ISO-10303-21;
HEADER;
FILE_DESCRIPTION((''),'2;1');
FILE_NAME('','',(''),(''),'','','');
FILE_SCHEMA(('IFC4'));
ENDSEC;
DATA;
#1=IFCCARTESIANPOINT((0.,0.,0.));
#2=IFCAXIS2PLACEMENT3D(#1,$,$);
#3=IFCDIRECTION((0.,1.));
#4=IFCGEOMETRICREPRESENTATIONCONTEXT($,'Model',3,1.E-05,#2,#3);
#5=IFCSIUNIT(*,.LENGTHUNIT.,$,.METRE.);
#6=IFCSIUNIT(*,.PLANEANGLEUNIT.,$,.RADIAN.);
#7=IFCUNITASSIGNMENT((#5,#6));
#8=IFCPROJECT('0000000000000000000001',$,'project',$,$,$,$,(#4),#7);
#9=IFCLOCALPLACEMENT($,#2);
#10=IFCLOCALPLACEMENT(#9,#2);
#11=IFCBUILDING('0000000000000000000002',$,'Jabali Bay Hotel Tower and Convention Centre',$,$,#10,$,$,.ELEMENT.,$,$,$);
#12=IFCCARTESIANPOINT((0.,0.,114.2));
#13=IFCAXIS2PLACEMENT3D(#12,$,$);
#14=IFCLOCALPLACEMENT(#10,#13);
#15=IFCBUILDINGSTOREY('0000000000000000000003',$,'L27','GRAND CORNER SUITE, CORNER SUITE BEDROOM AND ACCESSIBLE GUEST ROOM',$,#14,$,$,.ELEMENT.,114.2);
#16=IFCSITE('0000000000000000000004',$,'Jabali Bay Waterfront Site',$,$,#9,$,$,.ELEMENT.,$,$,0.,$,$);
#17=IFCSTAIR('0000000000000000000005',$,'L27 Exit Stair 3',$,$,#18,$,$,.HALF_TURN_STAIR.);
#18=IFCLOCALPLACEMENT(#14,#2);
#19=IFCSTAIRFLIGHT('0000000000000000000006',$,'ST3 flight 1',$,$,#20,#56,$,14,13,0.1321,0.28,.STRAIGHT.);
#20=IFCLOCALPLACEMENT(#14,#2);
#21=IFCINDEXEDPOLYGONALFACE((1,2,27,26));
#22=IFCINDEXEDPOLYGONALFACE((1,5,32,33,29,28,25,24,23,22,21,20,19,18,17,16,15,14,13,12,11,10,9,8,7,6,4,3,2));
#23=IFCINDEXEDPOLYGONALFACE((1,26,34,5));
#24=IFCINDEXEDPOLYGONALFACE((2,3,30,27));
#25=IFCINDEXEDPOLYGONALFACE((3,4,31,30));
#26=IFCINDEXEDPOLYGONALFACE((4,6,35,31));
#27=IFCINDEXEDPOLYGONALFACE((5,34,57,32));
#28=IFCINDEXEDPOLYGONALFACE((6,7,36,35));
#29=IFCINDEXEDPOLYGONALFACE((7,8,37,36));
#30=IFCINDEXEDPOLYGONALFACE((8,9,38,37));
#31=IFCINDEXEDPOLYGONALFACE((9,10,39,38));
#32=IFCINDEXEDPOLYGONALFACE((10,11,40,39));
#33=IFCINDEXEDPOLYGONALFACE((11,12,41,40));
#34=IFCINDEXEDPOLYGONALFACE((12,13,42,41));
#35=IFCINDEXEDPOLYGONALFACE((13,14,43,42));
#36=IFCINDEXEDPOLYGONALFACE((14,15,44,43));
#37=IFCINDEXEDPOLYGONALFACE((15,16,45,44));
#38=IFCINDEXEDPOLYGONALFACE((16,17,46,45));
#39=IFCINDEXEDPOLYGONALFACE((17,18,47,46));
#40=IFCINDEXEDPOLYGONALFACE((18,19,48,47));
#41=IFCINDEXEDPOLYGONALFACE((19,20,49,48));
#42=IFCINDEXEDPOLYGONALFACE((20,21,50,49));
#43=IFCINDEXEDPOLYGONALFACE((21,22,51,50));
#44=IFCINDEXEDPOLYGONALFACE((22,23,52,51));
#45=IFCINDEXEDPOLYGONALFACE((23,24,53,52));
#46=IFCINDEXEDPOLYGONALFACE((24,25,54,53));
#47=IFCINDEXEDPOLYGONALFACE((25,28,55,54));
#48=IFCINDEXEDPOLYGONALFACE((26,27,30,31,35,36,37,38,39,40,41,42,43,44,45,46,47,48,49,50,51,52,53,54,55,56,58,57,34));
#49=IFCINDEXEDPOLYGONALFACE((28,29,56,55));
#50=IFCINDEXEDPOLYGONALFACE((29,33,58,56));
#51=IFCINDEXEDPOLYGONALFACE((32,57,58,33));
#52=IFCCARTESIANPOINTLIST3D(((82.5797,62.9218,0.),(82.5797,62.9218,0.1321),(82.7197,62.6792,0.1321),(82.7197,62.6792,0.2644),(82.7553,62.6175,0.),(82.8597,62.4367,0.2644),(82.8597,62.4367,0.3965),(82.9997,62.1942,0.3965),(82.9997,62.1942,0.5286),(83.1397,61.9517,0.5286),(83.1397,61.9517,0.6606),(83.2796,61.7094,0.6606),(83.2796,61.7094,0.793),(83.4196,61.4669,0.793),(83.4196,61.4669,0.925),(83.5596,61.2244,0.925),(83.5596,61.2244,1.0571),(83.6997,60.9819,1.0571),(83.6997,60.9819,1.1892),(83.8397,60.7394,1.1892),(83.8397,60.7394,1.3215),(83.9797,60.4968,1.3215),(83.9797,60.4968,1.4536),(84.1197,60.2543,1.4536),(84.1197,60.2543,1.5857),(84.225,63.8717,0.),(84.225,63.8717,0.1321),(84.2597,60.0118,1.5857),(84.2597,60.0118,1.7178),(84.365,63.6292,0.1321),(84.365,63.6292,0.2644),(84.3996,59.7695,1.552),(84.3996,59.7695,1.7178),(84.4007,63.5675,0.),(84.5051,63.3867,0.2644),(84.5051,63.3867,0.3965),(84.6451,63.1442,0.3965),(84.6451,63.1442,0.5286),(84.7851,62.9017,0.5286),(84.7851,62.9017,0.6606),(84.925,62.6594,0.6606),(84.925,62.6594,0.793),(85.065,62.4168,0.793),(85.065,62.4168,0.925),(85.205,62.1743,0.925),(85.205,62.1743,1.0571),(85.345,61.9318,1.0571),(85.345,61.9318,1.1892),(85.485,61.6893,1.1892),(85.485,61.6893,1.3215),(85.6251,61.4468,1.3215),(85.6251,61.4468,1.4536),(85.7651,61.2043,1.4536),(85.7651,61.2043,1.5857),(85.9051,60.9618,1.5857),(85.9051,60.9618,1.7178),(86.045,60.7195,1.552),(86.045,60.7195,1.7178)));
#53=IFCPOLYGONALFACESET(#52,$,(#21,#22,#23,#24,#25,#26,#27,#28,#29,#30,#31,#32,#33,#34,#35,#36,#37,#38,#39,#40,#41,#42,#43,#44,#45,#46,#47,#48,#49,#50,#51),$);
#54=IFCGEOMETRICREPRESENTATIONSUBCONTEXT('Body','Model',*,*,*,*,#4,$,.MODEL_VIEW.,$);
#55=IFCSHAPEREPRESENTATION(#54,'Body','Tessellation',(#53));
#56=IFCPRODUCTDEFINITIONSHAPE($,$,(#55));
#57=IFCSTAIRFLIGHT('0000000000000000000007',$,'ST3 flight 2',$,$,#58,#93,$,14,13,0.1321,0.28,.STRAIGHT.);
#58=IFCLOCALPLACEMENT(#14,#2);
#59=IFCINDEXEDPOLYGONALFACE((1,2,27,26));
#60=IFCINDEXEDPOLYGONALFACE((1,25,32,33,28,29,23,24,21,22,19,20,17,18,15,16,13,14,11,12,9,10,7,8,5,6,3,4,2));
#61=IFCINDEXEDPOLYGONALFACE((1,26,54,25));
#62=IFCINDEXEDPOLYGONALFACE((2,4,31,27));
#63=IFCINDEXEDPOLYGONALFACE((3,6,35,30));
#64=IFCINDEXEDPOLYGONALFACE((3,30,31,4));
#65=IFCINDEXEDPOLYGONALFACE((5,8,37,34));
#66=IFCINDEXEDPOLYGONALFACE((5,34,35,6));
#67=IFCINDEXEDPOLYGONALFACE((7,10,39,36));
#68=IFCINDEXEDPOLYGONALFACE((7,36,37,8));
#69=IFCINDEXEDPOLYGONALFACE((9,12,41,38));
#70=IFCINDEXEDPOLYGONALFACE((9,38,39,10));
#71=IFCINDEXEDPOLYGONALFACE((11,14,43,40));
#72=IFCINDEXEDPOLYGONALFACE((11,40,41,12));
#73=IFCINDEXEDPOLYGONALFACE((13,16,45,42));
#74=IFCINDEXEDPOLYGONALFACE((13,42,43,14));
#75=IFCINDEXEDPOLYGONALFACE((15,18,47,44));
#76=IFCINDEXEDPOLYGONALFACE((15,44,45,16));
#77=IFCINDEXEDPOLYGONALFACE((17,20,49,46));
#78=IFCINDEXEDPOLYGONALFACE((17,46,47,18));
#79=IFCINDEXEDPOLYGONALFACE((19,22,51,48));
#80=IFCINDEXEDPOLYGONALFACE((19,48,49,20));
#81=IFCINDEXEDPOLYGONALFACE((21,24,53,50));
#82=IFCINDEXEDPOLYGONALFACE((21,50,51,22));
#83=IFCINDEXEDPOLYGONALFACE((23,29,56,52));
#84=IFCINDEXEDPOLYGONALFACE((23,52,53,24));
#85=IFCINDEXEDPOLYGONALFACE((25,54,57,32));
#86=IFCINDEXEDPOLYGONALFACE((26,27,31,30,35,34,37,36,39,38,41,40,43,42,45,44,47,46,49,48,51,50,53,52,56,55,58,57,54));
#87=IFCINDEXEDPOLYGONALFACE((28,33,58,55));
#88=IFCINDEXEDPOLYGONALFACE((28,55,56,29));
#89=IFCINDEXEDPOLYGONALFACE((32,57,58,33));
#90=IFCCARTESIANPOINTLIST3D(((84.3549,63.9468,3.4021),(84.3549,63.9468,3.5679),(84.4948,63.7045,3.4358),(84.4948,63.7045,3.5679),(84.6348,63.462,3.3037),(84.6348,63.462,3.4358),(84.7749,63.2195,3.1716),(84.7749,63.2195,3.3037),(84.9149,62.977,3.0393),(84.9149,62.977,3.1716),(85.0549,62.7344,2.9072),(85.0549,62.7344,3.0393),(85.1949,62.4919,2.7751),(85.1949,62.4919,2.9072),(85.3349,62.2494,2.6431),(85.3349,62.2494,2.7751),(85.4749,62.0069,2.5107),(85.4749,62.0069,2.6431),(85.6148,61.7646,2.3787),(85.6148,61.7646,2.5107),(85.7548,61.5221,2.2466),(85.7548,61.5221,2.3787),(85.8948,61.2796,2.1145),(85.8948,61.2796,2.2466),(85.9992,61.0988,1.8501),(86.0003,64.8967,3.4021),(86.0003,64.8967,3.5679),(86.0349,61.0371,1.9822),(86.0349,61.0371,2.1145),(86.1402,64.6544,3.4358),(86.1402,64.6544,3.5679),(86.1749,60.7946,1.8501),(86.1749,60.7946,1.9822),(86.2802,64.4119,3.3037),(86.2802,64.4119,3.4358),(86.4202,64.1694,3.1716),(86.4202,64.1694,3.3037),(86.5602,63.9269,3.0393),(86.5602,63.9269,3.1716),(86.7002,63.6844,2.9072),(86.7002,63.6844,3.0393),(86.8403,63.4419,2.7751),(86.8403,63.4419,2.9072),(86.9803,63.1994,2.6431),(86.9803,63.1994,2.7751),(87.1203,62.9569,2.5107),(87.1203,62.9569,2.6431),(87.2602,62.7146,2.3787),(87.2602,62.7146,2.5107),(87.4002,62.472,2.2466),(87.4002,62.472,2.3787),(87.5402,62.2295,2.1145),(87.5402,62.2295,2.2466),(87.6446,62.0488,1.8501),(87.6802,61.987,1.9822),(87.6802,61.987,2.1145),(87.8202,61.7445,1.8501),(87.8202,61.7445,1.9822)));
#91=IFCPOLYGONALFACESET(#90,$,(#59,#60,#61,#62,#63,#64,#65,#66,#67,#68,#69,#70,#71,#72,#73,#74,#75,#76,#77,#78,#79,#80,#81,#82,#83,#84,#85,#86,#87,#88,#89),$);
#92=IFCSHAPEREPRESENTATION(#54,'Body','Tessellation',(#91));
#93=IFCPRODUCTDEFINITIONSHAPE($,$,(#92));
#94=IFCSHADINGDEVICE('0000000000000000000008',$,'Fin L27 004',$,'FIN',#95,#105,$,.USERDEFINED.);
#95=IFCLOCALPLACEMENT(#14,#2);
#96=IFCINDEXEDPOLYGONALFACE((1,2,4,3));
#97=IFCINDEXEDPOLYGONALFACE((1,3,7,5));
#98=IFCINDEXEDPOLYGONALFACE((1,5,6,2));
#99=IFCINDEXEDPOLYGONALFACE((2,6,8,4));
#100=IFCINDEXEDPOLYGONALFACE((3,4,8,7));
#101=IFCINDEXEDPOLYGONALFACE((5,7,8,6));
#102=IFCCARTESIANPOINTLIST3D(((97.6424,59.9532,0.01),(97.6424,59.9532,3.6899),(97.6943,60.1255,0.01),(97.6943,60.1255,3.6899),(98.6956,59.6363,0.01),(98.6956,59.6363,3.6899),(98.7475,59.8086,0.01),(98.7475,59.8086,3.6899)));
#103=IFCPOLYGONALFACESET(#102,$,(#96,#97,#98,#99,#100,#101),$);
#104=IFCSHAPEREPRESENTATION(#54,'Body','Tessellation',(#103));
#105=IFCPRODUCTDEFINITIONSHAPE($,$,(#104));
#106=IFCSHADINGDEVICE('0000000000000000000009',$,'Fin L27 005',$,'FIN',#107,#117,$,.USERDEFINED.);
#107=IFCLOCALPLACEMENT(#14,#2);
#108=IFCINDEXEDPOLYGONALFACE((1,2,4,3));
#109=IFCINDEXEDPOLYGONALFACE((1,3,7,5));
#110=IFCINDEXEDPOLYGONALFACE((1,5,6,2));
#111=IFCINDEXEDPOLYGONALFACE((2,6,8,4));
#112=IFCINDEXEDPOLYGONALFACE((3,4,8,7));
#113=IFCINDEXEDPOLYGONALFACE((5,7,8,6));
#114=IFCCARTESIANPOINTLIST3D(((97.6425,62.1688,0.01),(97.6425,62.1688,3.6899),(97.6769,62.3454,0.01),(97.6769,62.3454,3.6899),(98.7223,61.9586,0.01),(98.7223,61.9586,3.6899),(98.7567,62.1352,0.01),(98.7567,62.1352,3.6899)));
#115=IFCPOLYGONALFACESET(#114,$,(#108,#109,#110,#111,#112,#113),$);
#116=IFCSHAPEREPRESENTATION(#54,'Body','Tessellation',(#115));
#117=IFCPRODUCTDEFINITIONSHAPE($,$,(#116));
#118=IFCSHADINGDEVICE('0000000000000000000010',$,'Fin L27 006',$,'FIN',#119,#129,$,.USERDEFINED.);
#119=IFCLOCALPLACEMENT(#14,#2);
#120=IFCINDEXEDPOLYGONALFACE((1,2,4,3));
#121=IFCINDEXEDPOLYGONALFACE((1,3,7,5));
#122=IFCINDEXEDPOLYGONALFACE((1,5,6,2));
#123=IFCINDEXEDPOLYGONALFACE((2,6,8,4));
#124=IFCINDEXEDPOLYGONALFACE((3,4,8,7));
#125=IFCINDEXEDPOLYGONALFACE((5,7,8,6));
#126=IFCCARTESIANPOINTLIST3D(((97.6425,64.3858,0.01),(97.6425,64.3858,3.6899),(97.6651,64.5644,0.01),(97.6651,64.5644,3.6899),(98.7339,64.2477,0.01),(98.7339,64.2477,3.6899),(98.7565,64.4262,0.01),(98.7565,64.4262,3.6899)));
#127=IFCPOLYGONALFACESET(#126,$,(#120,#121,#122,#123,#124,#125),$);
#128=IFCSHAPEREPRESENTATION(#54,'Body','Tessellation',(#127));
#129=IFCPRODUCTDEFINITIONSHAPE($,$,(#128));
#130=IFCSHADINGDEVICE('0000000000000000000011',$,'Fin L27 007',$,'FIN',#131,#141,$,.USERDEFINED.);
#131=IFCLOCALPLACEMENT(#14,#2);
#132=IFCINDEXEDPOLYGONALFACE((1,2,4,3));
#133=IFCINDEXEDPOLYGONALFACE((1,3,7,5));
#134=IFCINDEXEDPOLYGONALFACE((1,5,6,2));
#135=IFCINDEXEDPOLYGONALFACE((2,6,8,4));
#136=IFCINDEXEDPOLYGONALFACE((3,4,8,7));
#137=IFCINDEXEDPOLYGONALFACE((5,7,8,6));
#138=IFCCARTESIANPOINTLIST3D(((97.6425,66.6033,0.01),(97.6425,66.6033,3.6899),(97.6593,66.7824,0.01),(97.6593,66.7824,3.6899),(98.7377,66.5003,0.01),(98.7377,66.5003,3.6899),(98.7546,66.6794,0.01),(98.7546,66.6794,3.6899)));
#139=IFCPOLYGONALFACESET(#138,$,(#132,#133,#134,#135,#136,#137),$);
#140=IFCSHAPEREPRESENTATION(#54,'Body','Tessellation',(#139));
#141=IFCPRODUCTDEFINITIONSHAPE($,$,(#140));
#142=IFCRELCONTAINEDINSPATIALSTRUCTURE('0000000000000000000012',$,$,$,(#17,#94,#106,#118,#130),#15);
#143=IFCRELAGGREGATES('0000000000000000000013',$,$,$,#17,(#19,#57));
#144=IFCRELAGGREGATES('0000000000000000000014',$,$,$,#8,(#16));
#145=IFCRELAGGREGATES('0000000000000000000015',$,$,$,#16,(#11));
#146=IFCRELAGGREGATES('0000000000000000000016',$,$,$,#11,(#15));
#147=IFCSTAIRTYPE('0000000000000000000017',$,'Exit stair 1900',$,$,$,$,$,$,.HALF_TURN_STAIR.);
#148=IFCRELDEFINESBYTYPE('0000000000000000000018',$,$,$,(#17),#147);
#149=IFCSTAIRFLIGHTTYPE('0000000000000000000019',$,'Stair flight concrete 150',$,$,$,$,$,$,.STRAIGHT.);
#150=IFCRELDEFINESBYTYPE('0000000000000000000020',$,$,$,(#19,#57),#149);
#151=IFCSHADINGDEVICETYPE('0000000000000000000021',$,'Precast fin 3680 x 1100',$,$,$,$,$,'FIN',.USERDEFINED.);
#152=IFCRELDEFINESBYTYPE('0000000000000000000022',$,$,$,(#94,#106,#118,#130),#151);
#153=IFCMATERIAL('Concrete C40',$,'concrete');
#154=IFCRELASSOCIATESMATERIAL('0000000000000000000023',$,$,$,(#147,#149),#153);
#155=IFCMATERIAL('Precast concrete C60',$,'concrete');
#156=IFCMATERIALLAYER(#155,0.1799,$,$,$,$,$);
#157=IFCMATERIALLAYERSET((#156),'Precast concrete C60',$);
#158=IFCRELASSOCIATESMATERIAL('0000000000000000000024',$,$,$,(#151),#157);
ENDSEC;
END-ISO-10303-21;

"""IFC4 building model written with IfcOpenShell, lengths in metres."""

from ifc_helpers import new_model, si_unit, direction, frame, frame_2d, origin, place, context, subcontext, project, spatial, polyline, rectangle, outline, extrude, material, layer, layer_set, type_object, element, aggregate, save


model = new_model("IFC4")

# Units and contexts
model_context = context("Model", 3, precision=1e-05, world=origin(), true_north=direction((0.0, 1.0)))
body_context = subcontext(model_context, "Body", "Model", "MODEL_VIEW")
ifc_project = project(units=[si_unit("LENGTHUNIT", "METRE"), si_unit("PLANEANGLEUNIT", "RADIAN")], contexts=[model_context])

# Site, building, storey
site_placement = place(None, origin())
site = spatial("IfcSite", under=ifc_project, at=site_placement, Name="Jabali Bay Waterfront Site", CompositionType="ELEMENT", RefElevation=0.0)
building_placement = place(site_placement, origin())
building = spatial("IfcBuilding", under=site, at=building_placement, Name="Jabali Bay Hotel Tower and Convention Centre", CompositionType="ELEMENT")
storey_placement = place(building_placement, frame((0.0, 0.0, 114.2)))
storey = spatial("IfcBuildingStorey", under=building, at=storey_placement, Name="L27", Description="GRAND CORNER SUITE, CORNER SUITE BEDROOM AND ACCESSIBLE GUEST ROOM", CompositionType="ELEMENT", Elevation=114.2)

# Shared definitions
ifc_material_1 = material(Name="Concrete C40", Category="concrete")

# Stair, stair flights
stair_type = type_object("IfcStairType", Name="Exit stair 1900", PredefinedType="HALF_TURN_STAIR", material=ifc_material_1)
stair_placement = place(storey_placement, origin())
stair = element("IfcStair", 1, at=stair_placement, inside=storey, type_object=stair_type, Name="L27 Exit Stair 3", PredefinedType="HALF_TURN_STAIR")
stair_flight_type = type_object("IfcStairFlightType", Name="Stair flight concrete 150", PredefinedType="STRAIGHT", material=ifc_material_1)
stair_flight_1_placement = place(storey_placement, frame((83.4023, 63.3967, 0.0), z_axis=(0.0, 0.0, 1.0), x_axis=(0.5, -0.866025, 0.0)))
stair_flight_1 = element("IfcStairFlight", 2, at=stair_flight_1_placement, type_object=stair_flight_type, Name="ST3 flight 1", NumberOfRisers=14, NumberOfTreads=13, PredefinedType="STRAIGHT", RiserHeight=0.1321, TreadLength=0.28, context=body_context, shape_type="SweptSolid", body=[
    extrude(outline(polyline([(0.0, 0.0), (0.0, 0.1321), (0.28, 0.1321), (0.28, 0.2644), (0.5601, 0.2644), (0.5601, 0.3965), (0.8401, 0.3965), (0.8401, 0.5286), (1.1201, 0.5286), (1.1201, 0.6606), (1.3999, 0.6606), (1.3999, 0.793), (1.6799, 0.793), (1.6799, 0.925), (1.96, 0.925), (1.96, 1.0571), (2.24, 1.0571), (2.24, 1.1892), (2.52, 1.1892), (2.52, 1.3215), (2.8, 1.3215), (2.8, 1.4536), (3.0801, 1.4536), (3.0801, 1.5857), (3.3601, 1.5857), (3.3601, 1.7178), (3.6399, 1.7178), (3.6399, 1.8501), (3.6399, 1.552), (0.3513, 0.0), (0.0, 0.0)])), frame((0.0, 0.95, 0.0), z_axis=(0.0, -1.0, 0.0), x_axis=(1.0, 0.0, 0.0)), (0.0, 0.0, 1.0), 1.8999),
])
stair_flight_2_placement = place(storey_placement, frame((86.9976, 61.2695, 1.8501), z_axis=(0.0, 0.0, 1.0), x_axis=(-0.5, 0.866025, 0.0)))
stair_flight_2 = element("IfcStairFlight", 3, at=stair_flight_2_placement, type_object=stair_flight_type, Name="ST3 flight 2", NumberOfRisers=14, NumberOfTreads=13, PredefinedType="STRAIGHT", RiserHeight=0.1321, TreadLength=0.28, context=body_context, shape_type="SweptSolid", body=[
    extrude(outline(polyline([(0.0, 0.0), (0.0, 0.1321), (0.28, 0.1321), (0.28, 0.2644), (0.5601, 0.2644), (0.5601, 0.3965), (0.8401, 0.3965), (0.8401, 0.5286), (1.1201, 0.5286), (1.1201, 0.6606), (1.3999, 0.6606), (1.3999, 0.793), (1.6799, 0.793), (1.6799, 0.925), (1.96, 0.925), (1.96, 1.0571), (2.24, 1.0571), (2.24, 1.1892), (2.52, 1.1892), (2.52, 1.3215), (2.8, 1.3215), (2.8, 1.4536), (3.0801, 1.4536), (3.0801, 1.5857), (3.3601, 1.5857), (3.3601, 1.7178), (3.6399, 1.7178), (3.6399, 1.8501), (3.6399, 1.552), (0.3513, 0.0), (0.0, 0.0)])), frame((0.0, 0.95, 0.0), z_axis=(0.0, -1.0, 0.0), x_axis=(1.0, 0.0, 0.0)), (0.0, 0.0, 1.0), 1.8999),
])
aggregate(stair, [stair_flight_1, stair_flight_2])

# Shading devices
ifc_material_2 = material(Name="Precast concrete C60", Category="concrete")
ifc_layer_1 = layer(ifc_material_2, 0.1799)
ifc_layer_set_1 = layer_set([ifc_layer_1], Name="Precast concrete C60")
shading_device_type = type_object("IfcShadingDeviceType", Name="Precast fin 3680 x 1100", ElementType="FIN", PredefinedType="USERDEFINED", material=ifc_layer_set_1)
shading_device_placement = place(storey_placement, frame((97.6685, 60.0393, 0.01), z_axis=(0.0, 0.0, 1.0), x_axis=(0.957594, -0.288122, 0.0)))
element("IfcShadingDevice", 4, at=shading_device_placement, inside=storey, type_object=shading_device_type, Name="Fin L27 004", ObjectType="FIN", PredefinedType="USERDEFINED", context=body_context, shape_type="SweptSolid", body=[
    extrude(rectangle(XDim=1.0999, YDim=0.1799, at=frame_2d((0.5498, 0.0))), origin(), (0.0, 0.0, 1.0), 3.6799),
])
for number, where, z_axis, x_axis, name in (
    (5, (97.6597, 62.2571, 0.01), (0.0, 0.0, 1.0), (0.981575, -0.191078, 0.0), "Fin L27 005"),
    (6, (97.6538, 64.4751, 0.01), (0.0, 0.0, 1.0), (0.992079, -0.125619, 0.0), "Fin L27 006"),
    (7, (97.6509, 66.6929, 0.01), (0.0, 0.0, 1.0), (0.995605, -0.093657, 0.0), "Fin L27 007"),
):
    element("IfcShadingDevice", number, at=place(storey_placement, frame(where, z_axis=z_axis, x_axis=x_axis)), inside=storey, type_object=shading_device_type, Name=name, ObjectType="FIN", PredefinedType="USERDEFINED", context=body_context, shape_type="SweptSolid", body=[
        extrude(rectangle(XDim=1.1001, YDim=0.1799, at=frame_2d((0.55, 0.0))), origin(), (0.0, 0.0, 1.0), 3.6799),
    ])

save(model, "model.ifc")
